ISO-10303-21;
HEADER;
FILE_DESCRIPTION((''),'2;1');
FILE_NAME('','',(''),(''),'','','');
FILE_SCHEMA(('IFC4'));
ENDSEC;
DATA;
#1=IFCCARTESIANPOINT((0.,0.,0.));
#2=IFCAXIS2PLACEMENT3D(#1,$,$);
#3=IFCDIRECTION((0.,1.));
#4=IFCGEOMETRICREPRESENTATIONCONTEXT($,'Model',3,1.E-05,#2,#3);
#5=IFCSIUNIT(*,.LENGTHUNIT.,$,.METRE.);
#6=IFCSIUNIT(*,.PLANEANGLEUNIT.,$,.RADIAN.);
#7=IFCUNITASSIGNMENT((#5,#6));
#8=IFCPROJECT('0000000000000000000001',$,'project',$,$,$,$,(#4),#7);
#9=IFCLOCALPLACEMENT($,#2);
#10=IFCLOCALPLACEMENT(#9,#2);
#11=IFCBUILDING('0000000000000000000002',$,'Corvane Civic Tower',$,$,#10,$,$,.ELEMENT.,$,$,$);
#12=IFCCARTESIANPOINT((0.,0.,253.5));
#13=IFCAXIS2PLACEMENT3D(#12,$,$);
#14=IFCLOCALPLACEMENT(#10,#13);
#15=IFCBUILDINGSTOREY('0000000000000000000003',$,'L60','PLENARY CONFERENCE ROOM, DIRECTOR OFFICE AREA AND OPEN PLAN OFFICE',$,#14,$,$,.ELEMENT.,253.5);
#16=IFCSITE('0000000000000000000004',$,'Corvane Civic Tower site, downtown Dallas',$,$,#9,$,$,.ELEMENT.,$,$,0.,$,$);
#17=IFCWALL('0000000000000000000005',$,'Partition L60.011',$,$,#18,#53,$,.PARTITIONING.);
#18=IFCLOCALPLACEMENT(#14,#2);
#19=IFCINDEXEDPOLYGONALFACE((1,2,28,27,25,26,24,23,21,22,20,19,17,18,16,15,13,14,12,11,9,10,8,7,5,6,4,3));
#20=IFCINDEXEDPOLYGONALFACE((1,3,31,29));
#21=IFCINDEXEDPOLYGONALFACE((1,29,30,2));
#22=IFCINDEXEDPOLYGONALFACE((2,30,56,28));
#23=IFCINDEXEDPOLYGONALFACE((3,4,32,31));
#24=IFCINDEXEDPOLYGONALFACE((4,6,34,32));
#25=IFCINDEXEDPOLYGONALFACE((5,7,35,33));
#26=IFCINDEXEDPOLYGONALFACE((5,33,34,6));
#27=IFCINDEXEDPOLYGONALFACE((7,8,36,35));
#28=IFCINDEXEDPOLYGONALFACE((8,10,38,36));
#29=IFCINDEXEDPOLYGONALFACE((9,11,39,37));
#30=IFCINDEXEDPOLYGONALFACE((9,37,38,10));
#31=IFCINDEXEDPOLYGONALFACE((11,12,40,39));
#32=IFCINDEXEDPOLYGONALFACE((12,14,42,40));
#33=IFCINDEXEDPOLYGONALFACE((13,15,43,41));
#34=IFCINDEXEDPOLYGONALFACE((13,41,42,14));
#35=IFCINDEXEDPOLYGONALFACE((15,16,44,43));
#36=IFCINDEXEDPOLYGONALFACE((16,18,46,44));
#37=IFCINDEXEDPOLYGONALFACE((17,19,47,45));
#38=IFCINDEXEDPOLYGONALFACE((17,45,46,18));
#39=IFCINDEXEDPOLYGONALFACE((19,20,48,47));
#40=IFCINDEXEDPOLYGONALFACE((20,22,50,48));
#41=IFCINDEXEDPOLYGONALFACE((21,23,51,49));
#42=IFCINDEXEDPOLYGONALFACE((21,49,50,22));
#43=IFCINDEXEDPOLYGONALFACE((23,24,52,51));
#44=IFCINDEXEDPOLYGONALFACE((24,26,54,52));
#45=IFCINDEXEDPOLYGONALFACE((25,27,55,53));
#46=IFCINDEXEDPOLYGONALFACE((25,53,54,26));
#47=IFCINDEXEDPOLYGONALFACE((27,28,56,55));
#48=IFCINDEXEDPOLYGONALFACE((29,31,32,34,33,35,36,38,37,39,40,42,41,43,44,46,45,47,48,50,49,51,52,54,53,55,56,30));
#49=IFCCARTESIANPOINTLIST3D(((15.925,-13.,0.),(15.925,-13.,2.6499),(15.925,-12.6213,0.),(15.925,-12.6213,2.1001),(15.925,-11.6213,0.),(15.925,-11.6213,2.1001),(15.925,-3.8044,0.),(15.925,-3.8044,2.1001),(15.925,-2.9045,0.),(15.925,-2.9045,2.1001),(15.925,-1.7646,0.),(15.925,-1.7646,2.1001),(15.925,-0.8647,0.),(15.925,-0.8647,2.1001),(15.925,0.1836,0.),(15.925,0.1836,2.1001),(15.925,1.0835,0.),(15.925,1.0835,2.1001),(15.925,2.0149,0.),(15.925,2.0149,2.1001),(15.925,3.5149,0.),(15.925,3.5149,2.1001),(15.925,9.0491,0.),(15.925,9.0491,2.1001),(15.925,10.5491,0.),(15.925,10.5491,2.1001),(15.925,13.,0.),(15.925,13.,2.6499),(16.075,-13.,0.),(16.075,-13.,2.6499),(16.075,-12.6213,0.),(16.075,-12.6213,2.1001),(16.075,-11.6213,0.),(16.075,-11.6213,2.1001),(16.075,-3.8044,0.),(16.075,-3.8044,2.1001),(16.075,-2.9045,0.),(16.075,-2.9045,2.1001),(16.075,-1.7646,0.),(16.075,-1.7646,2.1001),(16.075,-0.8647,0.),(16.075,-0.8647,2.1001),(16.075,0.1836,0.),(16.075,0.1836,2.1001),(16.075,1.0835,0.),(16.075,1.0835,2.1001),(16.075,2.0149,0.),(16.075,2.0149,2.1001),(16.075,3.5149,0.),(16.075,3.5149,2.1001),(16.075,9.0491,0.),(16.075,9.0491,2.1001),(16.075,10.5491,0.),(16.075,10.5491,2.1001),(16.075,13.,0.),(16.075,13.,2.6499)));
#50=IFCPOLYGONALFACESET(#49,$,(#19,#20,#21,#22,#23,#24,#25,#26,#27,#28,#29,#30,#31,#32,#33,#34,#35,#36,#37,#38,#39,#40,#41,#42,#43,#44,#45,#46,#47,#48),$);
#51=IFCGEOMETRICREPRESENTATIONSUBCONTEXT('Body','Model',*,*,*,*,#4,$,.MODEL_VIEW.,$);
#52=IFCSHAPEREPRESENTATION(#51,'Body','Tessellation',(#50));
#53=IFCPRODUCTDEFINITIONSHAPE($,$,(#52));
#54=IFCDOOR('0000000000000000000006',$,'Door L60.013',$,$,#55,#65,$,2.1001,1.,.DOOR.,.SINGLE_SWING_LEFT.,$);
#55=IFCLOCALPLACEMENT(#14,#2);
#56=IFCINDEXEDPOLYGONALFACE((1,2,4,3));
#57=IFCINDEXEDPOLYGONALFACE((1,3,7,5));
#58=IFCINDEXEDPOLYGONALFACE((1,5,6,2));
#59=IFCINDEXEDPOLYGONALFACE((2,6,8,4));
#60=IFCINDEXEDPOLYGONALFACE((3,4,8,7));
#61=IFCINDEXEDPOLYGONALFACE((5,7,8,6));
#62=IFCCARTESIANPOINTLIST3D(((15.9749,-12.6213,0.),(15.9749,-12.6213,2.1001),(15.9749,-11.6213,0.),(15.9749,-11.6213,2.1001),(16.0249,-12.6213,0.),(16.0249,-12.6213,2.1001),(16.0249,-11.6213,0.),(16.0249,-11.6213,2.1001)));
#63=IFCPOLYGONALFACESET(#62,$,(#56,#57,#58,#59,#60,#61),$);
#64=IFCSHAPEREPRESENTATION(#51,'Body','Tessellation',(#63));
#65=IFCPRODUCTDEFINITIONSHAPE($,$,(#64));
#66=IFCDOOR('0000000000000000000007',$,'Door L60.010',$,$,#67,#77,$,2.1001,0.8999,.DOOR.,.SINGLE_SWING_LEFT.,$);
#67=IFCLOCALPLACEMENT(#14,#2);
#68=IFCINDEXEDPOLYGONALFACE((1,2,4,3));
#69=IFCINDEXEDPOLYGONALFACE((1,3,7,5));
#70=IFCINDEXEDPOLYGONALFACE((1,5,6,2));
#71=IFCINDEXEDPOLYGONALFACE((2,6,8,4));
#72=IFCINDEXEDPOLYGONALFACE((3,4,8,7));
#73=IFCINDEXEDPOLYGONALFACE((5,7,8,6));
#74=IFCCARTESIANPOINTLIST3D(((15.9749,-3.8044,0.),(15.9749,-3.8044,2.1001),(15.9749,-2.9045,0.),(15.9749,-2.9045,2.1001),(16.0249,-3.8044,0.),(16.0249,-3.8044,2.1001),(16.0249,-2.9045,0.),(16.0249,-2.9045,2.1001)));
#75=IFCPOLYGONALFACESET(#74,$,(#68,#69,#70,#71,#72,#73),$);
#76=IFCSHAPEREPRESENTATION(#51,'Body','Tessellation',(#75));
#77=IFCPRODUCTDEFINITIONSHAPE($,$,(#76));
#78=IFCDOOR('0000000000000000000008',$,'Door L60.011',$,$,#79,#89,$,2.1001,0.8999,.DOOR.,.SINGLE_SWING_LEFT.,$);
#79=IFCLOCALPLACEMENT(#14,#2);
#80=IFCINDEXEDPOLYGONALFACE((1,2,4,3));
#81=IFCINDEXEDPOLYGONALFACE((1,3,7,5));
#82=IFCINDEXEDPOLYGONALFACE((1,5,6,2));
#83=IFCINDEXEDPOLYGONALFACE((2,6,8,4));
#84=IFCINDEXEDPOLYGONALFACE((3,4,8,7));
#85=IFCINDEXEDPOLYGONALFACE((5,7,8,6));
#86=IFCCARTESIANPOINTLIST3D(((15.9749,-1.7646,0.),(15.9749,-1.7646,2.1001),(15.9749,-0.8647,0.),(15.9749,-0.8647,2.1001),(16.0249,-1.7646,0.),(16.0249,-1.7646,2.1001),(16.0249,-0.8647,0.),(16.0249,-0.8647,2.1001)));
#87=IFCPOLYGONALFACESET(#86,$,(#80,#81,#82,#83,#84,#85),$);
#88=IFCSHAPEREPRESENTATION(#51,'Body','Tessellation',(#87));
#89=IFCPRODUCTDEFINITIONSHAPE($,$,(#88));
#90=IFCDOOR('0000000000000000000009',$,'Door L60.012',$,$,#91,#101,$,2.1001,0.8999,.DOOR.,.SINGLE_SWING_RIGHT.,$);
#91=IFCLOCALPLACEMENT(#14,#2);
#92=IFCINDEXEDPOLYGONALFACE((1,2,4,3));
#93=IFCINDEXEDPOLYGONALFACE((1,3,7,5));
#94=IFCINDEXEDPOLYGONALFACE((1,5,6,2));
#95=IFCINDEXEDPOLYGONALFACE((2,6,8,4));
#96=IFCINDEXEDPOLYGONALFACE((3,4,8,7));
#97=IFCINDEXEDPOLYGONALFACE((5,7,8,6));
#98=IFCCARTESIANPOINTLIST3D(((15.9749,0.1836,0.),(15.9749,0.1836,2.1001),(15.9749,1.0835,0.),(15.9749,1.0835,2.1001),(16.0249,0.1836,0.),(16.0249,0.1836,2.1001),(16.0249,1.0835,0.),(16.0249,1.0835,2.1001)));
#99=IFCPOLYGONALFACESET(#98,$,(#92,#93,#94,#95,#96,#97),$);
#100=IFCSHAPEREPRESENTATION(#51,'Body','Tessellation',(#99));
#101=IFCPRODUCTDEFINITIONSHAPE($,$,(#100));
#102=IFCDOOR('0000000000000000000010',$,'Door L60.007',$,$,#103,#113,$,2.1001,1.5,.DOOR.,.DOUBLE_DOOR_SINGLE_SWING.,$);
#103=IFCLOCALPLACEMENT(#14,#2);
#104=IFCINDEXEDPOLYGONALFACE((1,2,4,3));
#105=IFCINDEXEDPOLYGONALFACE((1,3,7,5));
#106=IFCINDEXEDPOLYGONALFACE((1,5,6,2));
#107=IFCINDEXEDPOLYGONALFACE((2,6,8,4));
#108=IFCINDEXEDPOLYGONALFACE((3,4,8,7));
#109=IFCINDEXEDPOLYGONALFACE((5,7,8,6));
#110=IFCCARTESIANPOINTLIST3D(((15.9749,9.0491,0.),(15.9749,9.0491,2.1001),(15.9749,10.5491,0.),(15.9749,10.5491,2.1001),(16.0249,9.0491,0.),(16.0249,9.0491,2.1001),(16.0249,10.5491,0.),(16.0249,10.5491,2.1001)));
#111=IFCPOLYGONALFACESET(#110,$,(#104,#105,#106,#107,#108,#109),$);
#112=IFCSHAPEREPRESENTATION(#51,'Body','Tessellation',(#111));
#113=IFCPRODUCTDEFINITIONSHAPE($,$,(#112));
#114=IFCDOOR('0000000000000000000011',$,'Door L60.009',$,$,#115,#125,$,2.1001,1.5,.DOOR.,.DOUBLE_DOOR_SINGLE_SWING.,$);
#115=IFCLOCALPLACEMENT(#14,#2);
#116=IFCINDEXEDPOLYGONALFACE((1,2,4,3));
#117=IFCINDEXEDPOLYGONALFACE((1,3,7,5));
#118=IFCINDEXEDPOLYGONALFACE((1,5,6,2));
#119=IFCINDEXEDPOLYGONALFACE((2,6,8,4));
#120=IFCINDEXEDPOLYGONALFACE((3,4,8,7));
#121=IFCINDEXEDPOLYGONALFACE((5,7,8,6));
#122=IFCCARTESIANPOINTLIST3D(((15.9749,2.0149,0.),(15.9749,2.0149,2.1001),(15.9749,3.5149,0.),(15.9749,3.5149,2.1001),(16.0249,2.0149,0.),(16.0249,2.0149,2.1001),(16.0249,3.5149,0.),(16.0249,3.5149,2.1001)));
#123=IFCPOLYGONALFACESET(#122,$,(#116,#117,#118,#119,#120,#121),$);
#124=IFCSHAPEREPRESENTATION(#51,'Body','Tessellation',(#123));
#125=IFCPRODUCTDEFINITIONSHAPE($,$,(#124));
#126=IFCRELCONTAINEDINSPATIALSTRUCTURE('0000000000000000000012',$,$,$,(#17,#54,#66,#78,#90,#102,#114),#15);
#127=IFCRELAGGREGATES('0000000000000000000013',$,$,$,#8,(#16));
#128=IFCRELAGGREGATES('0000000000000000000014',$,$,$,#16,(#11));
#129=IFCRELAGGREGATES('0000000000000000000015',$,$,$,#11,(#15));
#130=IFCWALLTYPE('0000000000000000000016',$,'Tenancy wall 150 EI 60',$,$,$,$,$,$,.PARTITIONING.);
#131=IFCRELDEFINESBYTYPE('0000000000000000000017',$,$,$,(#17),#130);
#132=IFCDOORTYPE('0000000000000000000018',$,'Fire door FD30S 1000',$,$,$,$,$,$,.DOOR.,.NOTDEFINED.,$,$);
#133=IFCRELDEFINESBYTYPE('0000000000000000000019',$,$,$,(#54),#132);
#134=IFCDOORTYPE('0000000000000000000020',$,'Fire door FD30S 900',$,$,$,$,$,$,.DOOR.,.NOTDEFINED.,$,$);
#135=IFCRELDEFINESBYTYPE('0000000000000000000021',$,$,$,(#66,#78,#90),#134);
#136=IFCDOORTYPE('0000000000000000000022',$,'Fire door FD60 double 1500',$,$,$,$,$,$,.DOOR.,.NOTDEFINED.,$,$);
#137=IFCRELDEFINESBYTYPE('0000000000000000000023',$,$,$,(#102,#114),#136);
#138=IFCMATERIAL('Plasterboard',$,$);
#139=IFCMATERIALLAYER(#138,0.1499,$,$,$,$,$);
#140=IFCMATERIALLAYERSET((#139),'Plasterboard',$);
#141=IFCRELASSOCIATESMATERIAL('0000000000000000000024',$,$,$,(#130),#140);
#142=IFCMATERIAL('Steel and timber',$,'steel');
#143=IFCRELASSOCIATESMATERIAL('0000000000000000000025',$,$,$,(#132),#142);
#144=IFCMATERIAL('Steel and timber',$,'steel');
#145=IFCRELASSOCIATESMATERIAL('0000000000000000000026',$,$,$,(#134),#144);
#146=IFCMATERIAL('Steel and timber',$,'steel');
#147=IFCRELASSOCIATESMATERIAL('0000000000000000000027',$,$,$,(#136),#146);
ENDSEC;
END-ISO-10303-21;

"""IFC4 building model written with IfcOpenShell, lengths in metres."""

from ifc_helpers import new_model, si_unit, direction, frame, frame_2d, origin, place, context, subcontext, project, spatial, rectangle, extrude, material, layer, layer_set, type_object, element, fill, save


model = new_model("IFC4")

# Units and contexts
model_context = context("Model", 3, precision=1e-05, world=origin(), true_north=direction((0.0, 1.0)))
body_context = subcontext(model_context, "Body", "Model", "MODEL_VIEW")
ifc_project = project(units=[si_unit("LENGTHUNIT", "METRE"), si_unit("PLANEANGLEUNIT", "RADIAN")], contexts=[model_context])

# Site, building, storey
site_placement = place(None, origin())
site = spatial("IfcSite", under=ifc_project, at=site_placement, Name="Corvane Civic Tower site, downtown Dallas", CompositionType="ELEMENT", RefElevation=0.0)
building_placement = place(site_placement, origin())
building = spatial("IfcBuilding", under=site, at=building_placement, Name="Corvane Civic Tower", CompositionType="ELEMENT")
storey_placement = place(building_placement, frame((0.0, 0.0, 253.5)))
storey = spatial("IfcBuildingStorey", under=building, at=storey_placement, Name="L60", Description="PLENARY CONFERENCE ROOM, DIRECTOR OFFICE AREA AND OPEN PLAN OFFICE", CompositionType="ELEMENT", Elevation=253.5)

# Shared definitions
ifc_material_1 = material(Name="Plasterboard")
ifc_layer_1 = layer(ifc_material_1, 0.1499)
ifc_layer_set_1 = layer_set([ifc_layer_1], Name="Plasterboard")
wall_type_1 = type_object("IfcWallType", Name="Tenancy wall 150 EI 60", PredefinedType="PARTITIONING", material=ifc_layer_set_1)

# Wall, openings, doors
wall_1_placement = place(storey_placement, frame((16.0, -13.0, 0.0), z_axis=(0.0, 0.0, 1.0), x_axis=(0.0, 1.0, 0.0)))
wall_1 = element("IfcWall", 1, at=wall_1_placement, inside=storey, type_object=wall_type_1, Name="Partition L60.011", PredefinedType="PARTITIONING", context=body_context, shape_type="SweptSolid", body=[
    extrude(rectangle(XDim=26.0, YDim=0.1499, at=frame_2d((13.0, 0.0))), origin(), (0.0, 0.0, 1.0), 2.6499),
])
opening_1_placement = place(wall_1_placement, frame((22.0491, 0.0, 0.0)))
opening_1 = element("IfcOpeningElement", 2, at=opening_1_placement, cuts=wall_1, PredefinedType="OPENING", context=body_context, shape_type="SweptSolid", body=[
    extrude(rectangle(XDim=1.5, YDim=2.1001, at=frame_2d((0.75, 1.05))), frame((0.0, 0.085, 0.0), z_axis=(0.0, -1.0, 0.0), x_axis=(1.0, 0.0, 0.0)), (0.0, 0.0, 1.0), 0.1699),
])
opening_2_placement = place(wall_1_placement, frame((15.0149, 0.0, 0.0)))
opening_2 = element("IfcOpeningElement", 3, at=opening_2_placement, cuts=wall_1, PredefinedType="OPENING", context=body_context, shape_type="SweptSolid", body=[
    extrude(rectangle(XDim=1.5, YDim=2.1001, at=frame_2d((0.75, 1.05))), frame((0.0, 0.085, 0.0), z_axis=(0.0, -1.0, 0.0), x_axis=(1.0, 0.0, 0.0)), (0.0, 0.0, 1.0), 0.1699),
])
opening_3_placement = place(wall_1_placement, frame((9.1956, 0.0, 0.0)))
opening_3 = element("IfcOpeningElement", 4, at=opening_3_placement, cuts=wall_1, PredefinedType="OPENING", context=body_context, shape_type="SweptSolid", body=[
    extrude(rectangle(XDim=0.8999, YDim=2.1001, at=frame_2d((0.45, 1.05))), frame((0.0, 0.085, 0.0), z_axis=(0.0, -1.0, 0.0), x_axis=(1.0, 0.0, 0.0)), (0.0, 0.0, 1.0), 0.1699),
])
opening_4_placement = place(wall_1_placement, frame((11.2354, 0.0, 0.0)))
opening_4 = element("IfcOpeningElement", 5, at=opening_4_placement, cuts=wall_1, PredefinedType="OPENING", context=body_context, shape_type="SweptSolid", body=[
    extrude(rectangle(XDim=0.8999, YDim=2.1001, at=frame_2d((0.45, 1.05))), frame((0.0, 0.085, 0.0), z_axis=(0.0, -1.0, 0.0), x_axis=(1.0, 0.0, 0.0)), (0.0, 0.0, 1.0), 0.1699),
])
opening_5_placement = place(wall_1_placement, frame((13.1836, 0.0, 0.0)))
opening_5 = element("IfcOpeningElement", 6, at=opening_5_placement, cuts=wall_1, PredefinedType="OPENING", context=body_context, shape_type="SweptSolid", body=[
    extrude(rectangle(XDim=0.8999, YDim=2.1001, at=frame_2d((0.45, 1.05))), frame((0.0, 0.085, 0.0), z_axis=(0.0, -1.0, 0.0), x_axis=(1.0, 0.0, 0.0)), (0.0, 0.0, 1.0), 0.1699),
])
opening_6_placement = place(wall_1_placement, frame((0.3787, 0.0, 0.0)))
opening_6 = element("IfcOpeningElement", 7, at=opening_6_placement, cuts=wall_1, PredefinedType="OPENING", context=body_context, shape_type="SweptSolid", body=[
    extrude(rectangle(XDim=1.0, YDim=2.1001, at=frame_2d((0.5, 1.05))), frame((0.0, 0.085, 0.0), z_axis=(0.0, -1.0, 0.0), x_axis=(1.0, 0.0, 0.0)), (0.0, 0.0, 1.0), 0.1699),
])
ifc_material_2 = material(Name="Steel and timber", Category="steel")
door_type_1 = type_object("IfcDoorType", Name="Fire door FD30S 1000", OperationType="NOTDEFINED", PredefinedType="DOOR", material=ifc_material_2)
door_1_placement = place(opening_6_placement, frame((1.0, 0.0, 0.0), z_axis=(0.0, 0.0, 1.0), x_axis=(-1.0, 0.0, 0.0)))
door_1 = element("IfcDoor", 8, at=door_1_placement, inside=storey, type_object=door_type_1, Name="Door L60.013", OperationType="SINGLE_SWING_LEFT", OverallHeight=2.1001, OverallWidth=1.0, PredefinedType="DOOR", context=body_context, shape_type="SweptSolid", body=[
    extrude(rectangle(XDim=1.0, YDim=2.1001, at=frame_2d((0.5, 1.05))), frame((0.0, 0.0249, 0.0), z_axis=(0.0, -1.0, 0.0), x_axis=(1.0, 0.0, 0.0)), (0.0, 0.0, 1.0), 0.05),
])
fill(opening_6, door_1)
ifc_material_3 = material(Name="Steel and timber", Category="steel")
door_type_2 = type_object("IfcDoorType", Name="Fire door FD30S 900", OperationType="NOTDEFINED", PredefinedType="DOOR", material=ifc_material_3)
door_2_placement = place(opening_3_placement, frame((0.8999, 0.0, 0.0), z_axis=(0.0, 0.0, 1.0), x_axis=(-1.0, 0.0, 0.0)))
door_2 = element("IfcDoor", 9, at=door_2_placement, inside=storey, type_object=door_type_2, Name="Door L60.010", OperationType="SINGLE_SWING_LEFT", OverallHeight=2.1001, OverallWidth=0.8999, PredefinedType="DOOR", context=body_context, shape_type="SweptSolid", body=[
    extrude(rectangle(XDim=0.8999, YDim=2.1001, at=frame_2d((0.45, 1.05))), frame((0.0, 0.0249, 0.0), z_axis=(0.0, -1.0, 0.0), x_axis=(1.0, 0.0, 0.0)), (0.0, 0.0, 1.0), 0.05),
])
fill(opening_3, door_2)
door_3_placement = place(opening_4_placement, frame((0.8999, 0.0, 0.0), z_axis=(0.0, 0.0, 1.0), x_axis=(-1.0, 0.0, 0.0)))
door_3 = element("IfcDoor", 10, at=door_3_placement, inside=storey, type_object=door_type_2, Name="Door L60.011", OperationType="SINGLE_SWING_LEFT", OverallHeight=2.1001, OverallWidth=0.8999, PredefinedType="DOOR", context=body_context, shape_type="SweptSolid", body=[
    extrude(rectangle(XDim=0.8999, YDim=2.1001, at=frame_2d((0.45, 1.05))), frame((0.0, 0.0249, 0.0), z_axis=(0.0, -1.0, 0.0), x_axis=(1.0, 0.0, 0.0)), (0.0, 0.0, 1.0), 0.05),
])
fill(opening_4, door_3)
door_4_placement = place(opening_5_placement, frame((0.8999, 0.0, 0.0), z_axis=(0.0, 0.0, 1.0), x_axis=(-1.0, 0.0, 0.0)))
door_4 = element("IfcDoor", 11, at=door_4_placement, inside=storey, type_object=door_type_2, Name="Door L60.012", OperationType="SINGLE_SWING_RIGHT", OverallHeight=2.1001, OverallWidth=0.8999, PredefinedType="DOOR", context=body_context, shape_type="SweptSolid", body=[
    extrude(rectangle(XDim=0.8999, YDim=2.1001, at=frame_2d((0.45, 1.05))), frame((0.0, 0.0249, 0.0), z_axis=(0.0, -1.0, 0.0), x_axis=(1.0, 0.0, 0.0)), (0.0, 0.0, 1.0), 0.05),
])
fill(opening_5, door_4)
ifc_material_4 = material(Name="Steel and timber", Category="steel")
door_type_3 = type_object("IfcDoorType", Name="Fire door FD60 double 1500", OperationType="NOTDEFINED", PredefinedType="DOOR", material=ifc_material_4)
door_5_placement = place(opening_1_placement, frame((1.5, 0.0, 0.0), z_axis=(0.0, 0.0, 1.0), x_axis=(-1.0, 0.0, 0.0)))
door_5 = element("IfcDoor", 12, at=door_5_placement, inside=storey, type_object=door_type_3, Name="Door L60.007", OperationType="DOUBLE_DOOR_SINGLE_SWING", OverallHeight=2.1001, OverallWidth=1.5, PredefinedType="DOOR", context=body_context, shape_type="SweptSolid", body=[
    extrude(rectangle(XDim=1.5, YDim=2.1001, at=frame_2d((0.75, 1.05))), frame((0.0, 0.0249, 0.0), z_axis=(0.0, -1.0, 0.0), x_axis=(1.0, 0.0, 0.0)), (0.0, 0.0, 1.0), 0.05),
])
fill(opening_1, door_5)
door_6_placement = place(opening_2_placement, frame((1.5, 0.0, 0.0), z_axis=(0.0, 0.0, 1.0), x_axis=(-1.0, 0.0, 0.0)))
door_6 = element("IfcDoor", 13, at=door_6_placement, inside=storey, type_object=door_type_3, Name="Door L60.009", OperationType="DOUBLE_DOOR_SINGLE_SWING", OverallHeight=2.1001, OverallWidth=1.5, PredefinedType="DOOR", context=body_context, shape_type="SweptSolid", body=[
    extrude(rectangle(XDim=1.5, YDim=2.1001, at=frame_2d((0.75, 1.05))), frame((0.0, 0.0249, 0.0), z_axis=(0.0, -1.0, 0.0), x_axis=(1.0, 0.0, 0.0)), (0.0, 0.0, 1.0), 0.05),
])
fill(opening_2, door_6)

save(model, "model.ifc")
